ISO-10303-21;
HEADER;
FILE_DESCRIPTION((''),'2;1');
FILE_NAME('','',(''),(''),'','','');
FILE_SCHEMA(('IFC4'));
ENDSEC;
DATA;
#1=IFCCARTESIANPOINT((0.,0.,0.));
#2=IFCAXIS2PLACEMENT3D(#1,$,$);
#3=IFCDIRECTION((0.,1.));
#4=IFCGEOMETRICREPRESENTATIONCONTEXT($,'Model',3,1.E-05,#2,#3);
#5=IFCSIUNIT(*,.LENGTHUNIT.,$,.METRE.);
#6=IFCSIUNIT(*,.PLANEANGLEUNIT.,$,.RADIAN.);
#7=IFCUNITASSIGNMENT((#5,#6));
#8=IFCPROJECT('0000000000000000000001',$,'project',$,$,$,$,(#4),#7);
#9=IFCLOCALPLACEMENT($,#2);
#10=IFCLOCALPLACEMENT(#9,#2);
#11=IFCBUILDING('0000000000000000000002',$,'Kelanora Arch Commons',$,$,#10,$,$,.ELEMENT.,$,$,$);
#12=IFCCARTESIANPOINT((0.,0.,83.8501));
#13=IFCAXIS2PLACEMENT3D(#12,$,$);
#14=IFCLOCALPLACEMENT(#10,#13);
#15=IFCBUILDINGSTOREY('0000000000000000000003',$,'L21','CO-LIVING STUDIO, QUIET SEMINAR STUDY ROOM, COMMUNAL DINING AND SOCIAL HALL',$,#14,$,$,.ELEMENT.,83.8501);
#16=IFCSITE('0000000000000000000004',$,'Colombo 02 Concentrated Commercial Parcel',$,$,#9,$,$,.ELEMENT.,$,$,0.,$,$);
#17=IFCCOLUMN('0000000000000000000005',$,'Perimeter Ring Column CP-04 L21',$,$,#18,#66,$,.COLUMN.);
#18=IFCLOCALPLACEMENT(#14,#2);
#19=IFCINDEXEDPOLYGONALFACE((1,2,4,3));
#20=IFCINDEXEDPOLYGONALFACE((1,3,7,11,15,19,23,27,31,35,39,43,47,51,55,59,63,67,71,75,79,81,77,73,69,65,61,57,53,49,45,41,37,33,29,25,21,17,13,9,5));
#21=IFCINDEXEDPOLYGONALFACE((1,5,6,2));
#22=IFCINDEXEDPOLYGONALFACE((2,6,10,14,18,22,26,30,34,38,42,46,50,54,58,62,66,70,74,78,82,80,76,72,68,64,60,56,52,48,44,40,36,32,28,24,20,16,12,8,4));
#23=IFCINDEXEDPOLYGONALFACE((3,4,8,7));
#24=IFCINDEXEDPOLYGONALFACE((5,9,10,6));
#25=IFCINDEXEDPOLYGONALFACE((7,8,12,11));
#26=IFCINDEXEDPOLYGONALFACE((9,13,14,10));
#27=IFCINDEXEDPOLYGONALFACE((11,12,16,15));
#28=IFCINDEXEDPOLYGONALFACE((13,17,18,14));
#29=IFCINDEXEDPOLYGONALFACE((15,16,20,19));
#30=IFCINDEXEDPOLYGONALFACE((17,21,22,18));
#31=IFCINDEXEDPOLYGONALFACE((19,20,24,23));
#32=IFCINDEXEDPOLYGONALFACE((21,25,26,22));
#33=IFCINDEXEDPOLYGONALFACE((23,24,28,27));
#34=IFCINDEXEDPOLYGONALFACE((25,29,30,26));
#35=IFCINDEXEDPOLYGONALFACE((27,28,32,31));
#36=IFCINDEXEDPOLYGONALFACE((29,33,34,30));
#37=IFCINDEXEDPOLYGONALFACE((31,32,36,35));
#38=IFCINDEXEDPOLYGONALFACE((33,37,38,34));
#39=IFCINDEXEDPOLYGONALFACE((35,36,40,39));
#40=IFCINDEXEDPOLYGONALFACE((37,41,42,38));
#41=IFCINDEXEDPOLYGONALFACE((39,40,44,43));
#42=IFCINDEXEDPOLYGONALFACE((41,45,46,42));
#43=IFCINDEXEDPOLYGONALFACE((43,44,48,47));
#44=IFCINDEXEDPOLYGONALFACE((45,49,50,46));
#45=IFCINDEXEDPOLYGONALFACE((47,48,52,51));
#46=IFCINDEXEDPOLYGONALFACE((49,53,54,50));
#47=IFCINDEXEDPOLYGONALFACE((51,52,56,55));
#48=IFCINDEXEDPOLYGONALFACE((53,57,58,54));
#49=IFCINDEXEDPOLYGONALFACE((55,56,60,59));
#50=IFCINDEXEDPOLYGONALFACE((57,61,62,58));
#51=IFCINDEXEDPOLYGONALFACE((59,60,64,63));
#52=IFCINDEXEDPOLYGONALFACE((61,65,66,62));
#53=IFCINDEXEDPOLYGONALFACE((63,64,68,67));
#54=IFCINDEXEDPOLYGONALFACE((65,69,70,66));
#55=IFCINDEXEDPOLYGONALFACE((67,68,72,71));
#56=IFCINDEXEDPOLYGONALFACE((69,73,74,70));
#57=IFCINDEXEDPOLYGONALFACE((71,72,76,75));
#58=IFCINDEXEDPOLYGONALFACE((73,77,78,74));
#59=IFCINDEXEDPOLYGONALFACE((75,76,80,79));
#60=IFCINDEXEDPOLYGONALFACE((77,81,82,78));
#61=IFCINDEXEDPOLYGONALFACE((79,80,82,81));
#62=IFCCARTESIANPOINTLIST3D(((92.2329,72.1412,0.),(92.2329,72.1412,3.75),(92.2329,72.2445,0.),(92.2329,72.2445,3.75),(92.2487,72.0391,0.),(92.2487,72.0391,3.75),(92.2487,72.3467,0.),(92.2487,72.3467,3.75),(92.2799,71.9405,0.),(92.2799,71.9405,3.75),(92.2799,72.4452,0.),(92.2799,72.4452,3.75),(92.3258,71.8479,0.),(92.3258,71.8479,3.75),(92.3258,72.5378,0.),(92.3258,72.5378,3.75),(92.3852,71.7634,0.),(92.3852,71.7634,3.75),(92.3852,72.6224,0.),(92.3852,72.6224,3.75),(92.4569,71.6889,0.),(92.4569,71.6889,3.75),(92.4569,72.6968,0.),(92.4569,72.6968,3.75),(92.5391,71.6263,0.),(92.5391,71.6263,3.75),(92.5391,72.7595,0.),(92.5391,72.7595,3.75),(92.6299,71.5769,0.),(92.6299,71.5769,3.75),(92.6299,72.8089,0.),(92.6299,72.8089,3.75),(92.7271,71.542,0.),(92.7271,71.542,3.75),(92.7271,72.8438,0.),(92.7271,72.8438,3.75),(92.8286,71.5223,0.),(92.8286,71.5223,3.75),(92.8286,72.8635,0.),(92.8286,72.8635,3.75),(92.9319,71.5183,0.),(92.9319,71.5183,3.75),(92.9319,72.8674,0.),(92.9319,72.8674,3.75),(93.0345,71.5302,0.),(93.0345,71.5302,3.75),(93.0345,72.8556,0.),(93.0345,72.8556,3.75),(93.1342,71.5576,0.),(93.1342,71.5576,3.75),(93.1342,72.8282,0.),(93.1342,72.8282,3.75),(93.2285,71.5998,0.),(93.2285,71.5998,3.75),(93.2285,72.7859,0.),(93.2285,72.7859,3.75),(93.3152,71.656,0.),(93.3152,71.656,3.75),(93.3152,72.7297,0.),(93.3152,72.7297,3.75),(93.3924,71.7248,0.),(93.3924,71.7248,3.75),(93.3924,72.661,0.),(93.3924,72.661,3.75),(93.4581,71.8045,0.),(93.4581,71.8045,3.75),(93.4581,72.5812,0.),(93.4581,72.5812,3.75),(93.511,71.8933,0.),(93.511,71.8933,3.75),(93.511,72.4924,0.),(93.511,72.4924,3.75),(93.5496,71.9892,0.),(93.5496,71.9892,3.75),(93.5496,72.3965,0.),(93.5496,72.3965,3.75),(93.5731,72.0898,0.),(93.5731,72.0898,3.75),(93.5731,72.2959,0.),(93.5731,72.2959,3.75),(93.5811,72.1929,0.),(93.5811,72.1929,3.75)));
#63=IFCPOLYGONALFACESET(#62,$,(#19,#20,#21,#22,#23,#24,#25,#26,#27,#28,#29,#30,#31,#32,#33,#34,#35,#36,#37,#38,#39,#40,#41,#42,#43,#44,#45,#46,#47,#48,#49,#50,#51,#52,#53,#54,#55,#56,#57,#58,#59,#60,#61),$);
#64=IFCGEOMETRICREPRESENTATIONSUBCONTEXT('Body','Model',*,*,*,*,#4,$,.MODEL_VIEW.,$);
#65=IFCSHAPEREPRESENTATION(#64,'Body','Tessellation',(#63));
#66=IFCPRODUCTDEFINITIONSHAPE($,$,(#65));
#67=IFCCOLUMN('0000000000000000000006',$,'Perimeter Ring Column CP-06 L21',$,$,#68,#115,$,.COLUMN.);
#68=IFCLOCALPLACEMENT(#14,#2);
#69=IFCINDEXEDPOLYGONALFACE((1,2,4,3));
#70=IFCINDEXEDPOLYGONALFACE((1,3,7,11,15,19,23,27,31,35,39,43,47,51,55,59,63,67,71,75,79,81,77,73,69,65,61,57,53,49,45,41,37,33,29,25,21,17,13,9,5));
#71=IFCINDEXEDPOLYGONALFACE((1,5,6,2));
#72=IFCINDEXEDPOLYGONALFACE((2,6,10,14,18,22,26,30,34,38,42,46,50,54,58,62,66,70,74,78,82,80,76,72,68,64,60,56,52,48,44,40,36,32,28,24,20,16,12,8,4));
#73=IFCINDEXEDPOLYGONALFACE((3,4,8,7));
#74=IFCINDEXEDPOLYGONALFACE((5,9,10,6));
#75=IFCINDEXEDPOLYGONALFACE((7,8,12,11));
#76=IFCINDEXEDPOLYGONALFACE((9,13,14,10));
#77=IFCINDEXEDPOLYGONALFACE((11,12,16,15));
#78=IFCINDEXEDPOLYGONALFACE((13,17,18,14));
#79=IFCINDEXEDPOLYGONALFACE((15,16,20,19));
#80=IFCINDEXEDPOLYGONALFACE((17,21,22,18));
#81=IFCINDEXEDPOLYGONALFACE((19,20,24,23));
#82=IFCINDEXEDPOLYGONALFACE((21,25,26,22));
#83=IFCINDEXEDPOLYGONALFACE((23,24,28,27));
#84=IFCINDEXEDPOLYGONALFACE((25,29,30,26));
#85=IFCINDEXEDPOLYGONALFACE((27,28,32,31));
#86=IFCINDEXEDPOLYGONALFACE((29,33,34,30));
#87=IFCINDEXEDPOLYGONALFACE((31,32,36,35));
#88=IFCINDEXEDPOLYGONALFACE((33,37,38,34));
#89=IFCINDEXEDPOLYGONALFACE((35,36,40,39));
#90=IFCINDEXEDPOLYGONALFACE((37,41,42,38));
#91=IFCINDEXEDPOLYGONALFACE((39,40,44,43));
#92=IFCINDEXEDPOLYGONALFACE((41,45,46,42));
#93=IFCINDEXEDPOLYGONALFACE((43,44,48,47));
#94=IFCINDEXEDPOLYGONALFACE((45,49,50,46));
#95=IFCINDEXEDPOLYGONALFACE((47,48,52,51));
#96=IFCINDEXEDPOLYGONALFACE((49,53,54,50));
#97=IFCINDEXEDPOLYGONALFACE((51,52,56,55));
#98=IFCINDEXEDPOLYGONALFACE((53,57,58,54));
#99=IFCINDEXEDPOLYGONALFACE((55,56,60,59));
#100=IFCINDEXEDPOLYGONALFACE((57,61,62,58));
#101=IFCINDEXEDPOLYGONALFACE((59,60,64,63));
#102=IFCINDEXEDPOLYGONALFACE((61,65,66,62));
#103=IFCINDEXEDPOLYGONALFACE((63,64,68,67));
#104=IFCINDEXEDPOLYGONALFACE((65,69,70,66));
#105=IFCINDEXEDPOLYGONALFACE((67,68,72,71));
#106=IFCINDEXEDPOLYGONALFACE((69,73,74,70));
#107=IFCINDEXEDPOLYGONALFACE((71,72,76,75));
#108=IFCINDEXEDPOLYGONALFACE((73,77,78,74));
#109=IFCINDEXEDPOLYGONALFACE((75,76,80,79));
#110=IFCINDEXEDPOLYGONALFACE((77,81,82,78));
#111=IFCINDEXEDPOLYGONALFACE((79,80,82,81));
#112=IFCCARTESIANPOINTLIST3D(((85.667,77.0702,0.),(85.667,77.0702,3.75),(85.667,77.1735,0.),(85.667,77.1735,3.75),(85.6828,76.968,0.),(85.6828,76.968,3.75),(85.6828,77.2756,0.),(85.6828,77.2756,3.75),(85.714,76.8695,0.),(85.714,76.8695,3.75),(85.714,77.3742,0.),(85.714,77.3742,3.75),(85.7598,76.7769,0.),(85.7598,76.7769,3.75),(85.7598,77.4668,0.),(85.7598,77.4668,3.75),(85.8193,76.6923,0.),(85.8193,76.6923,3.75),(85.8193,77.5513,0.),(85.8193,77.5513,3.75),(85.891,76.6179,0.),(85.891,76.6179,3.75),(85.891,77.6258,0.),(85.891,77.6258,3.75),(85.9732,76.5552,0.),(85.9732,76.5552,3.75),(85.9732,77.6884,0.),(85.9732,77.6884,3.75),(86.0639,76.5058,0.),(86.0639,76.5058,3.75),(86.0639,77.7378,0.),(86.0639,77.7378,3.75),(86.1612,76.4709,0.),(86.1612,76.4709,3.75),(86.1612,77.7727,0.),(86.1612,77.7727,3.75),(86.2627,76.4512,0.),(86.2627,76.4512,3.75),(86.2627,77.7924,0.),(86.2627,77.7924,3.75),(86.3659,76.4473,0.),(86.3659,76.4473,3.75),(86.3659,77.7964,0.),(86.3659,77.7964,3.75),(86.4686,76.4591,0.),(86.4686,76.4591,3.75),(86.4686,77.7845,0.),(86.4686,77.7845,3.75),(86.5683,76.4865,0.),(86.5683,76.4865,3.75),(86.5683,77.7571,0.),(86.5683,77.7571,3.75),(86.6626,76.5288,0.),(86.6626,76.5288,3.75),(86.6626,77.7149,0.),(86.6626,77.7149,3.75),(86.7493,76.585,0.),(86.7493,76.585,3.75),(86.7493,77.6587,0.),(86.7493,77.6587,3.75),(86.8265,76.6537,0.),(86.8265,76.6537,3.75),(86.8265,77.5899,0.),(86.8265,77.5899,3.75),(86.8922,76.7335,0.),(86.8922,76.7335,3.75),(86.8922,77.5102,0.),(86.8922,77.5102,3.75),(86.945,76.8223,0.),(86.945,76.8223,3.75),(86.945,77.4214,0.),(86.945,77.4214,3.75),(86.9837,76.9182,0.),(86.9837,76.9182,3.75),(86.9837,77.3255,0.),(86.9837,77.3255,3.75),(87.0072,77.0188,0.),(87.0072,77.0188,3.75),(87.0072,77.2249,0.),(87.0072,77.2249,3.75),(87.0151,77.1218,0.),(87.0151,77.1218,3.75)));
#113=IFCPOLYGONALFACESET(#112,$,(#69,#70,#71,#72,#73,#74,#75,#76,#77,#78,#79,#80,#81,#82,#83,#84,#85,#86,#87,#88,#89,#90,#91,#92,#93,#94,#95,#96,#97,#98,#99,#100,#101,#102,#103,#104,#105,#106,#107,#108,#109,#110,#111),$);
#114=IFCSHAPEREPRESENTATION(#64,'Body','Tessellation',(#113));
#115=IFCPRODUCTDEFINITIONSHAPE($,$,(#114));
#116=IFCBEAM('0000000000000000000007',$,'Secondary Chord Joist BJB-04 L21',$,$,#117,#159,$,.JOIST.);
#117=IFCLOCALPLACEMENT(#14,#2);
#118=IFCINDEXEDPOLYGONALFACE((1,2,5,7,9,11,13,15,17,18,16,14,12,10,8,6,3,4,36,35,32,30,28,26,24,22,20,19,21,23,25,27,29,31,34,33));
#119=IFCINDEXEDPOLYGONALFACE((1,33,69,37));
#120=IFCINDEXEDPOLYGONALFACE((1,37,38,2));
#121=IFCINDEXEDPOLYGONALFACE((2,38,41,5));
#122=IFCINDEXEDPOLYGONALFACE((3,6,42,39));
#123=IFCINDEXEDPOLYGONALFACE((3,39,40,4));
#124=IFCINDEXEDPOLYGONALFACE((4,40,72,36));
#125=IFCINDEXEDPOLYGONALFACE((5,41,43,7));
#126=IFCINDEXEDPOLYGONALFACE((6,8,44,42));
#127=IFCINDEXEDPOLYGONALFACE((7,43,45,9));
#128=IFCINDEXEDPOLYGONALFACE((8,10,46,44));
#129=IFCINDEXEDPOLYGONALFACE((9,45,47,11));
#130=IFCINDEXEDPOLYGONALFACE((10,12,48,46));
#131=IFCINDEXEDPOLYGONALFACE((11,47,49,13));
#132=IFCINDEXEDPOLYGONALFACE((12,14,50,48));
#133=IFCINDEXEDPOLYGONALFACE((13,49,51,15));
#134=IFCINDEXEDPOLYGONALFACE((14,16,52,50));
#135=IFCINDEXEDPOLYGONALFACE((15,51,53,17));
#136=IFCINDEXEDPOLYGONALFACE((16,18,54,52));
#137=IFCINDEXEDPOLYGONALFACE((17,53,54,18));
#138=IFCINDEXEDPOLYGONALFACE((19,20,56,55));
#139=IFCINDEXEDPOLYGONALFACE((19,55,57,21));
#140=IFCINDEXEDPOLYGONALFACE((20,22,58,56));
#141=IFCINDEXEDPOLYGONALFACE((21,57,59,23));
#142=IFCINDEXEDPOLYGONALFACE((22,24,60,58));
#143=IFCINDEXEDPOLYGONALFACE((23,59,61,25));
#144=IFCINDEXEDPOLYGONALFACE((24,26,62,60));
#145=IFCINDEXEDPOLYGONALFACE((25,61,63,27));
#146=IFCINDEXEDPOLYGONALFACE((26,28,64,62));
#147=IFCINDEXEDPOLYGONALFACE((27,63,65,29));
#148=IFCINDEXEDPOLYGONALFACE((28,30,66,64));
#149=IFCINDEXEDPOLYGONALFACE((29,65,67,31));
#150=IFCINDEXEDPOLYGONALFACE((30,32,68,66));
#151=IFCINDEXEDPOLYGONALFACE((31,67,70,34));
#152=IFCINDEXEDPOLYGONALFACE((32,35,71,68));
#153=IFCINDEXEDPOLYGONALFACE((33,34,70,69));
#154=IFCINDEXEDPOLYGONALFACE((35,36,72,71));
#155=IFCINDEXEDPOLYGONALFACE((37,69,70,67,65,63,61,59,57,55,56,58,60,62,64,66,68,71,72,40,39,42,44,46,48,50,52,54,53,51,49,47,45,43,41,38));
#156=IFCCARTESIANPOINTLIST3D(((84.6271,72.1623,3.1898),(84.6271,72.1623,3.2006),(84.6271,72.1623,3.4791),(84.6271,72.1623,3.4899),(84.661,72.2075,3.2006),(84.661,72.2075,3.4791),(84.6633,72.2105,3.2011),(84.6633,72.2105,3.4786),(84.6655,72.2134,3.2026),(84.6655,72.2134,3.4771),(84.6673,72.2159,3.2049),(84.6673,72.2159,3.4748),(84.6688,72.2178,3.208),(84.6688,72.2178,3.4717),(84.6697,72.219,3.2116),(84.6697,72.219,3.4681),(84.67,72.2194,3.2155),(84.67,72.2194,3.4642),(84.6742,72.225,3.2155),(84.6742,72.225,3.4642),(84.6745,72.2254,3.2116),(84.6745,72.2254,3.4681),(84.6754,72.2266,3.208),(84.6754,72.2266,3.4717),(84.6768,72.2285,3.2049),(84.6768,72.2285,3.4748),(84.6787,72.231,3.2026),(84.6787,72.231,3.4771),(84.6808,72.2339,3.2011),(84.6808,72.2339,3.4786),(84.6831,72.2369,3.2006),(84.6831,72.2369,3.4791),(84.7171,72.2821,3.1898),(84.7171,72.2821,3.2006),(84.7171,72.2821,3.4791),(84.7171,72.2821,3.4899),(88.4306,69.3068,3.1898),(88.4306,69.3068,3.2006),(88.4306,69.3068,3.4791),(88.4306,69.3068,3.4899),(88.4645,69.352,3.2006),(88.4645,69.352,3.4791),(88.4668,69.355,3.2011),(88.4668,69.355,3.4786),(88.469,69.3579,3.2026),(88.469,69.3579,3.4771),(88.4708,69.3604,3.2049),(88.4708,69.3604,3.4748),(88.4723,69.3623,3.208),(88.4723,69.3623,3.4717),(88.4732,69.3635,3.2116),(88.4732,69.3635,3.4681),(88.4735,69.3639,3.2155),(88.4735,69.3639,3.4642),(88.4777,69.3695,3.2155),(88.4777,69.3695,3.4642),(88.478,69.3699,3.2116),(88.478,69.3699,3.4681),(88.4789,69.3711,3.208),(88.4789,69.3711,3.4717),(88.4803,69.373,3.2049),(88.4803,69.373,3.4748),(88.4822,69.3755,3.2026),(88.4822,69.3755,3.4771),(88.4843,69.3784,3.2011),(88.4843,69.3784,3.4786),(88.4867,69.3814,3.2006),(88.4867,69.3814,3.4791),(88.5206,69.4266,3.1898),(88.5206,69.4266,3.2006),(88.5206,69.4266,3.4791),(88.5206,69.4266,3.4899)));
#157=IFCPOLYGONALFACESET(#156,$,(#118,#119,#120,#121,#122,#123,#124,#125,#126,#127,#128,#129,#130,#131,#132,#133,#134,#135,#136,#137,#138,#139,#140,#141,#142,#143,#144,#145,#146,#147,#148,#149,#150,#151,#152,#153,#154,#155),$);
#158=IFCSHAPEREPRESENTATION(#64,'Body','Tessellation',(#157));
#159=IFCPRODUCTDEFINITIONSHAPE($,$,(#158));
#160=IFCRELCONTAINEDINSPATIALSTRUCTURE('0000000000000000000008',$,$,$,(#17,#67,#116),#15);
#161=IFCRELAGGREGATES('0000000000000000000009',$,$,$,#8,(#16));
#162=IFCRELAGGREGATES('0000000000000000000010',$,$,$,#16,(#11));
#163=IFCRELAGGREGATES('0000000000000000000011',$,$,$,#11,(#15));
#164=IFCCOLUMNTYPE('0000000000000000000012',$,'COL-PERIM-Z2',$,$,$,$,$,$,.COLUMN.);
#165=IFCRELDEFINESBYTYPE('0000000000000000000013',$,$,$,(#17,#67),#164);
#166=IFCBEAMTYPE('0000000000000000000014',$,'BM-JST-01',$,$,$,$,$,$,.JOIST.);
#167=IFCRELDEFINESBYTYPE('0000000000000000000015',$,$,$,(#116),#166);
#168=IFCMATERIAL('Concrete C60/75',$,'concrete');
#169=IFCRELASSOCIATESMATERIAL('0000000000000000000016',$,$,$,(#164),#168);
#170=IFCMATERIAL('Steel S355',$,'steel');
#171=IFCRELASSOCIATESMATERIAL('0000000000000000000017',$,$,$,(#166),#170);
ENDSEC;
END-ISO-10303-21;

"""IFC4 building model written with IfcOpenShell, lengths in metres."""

from ifc_helpers import new_model, si_unit, direction, frame, origin, origin_2d, place, context, subcontext, project, spatial, circle, i_section, extrude, material, material_profile, profile_set, type_object, element, save


model = new_model("IFC4")

# Units and contexts
model_context = context("Model", 3, precision=1e-05, world=origin(), true_north=direction((0.0, 1.0)))
body_context = subcontext(model_context, "Body", "Model", "MODEL_VIEW")
ifc_project = project(units=[si_unit("LENGTHUNIT", "METRE"), si_unit("PLANEANGLEUNIT", "RADIAN")], contexts=[model_context])

# Site, building, storey
site_placement = place(None, origin())
site = spatial("IfcSite", under=ifc_project, at=site_placement, Name="Colombo 02 Concentrated Commercial Parcel", CompositionType="ELEMENT", RefElevation=0.0)
building_placement = place(site_placement, origin())
building = spatial("IfcBuilding", under=site, at=building_placement, Name="Kelanora Arch Commons", CompositionType="ELEMENT")
storey_placement = place(building_placement, frame((0.0, 0.0, 83.8501)))
storey = spatial("IfcBuildingStorey", under=building, at=storey_placement, Name="L21", Description="CO-LIVING STUDIO, QUIET SEMINAR STUDY ROOM, COMMUNAL DINING AND SOCIAL HALL", CompositionType="ELEMENT", Elevation=83.8501)

# Columns
ifc_material_1 = material(Name="Concrete C60/75", Category="concrete")
ifc_material_profile_1 = material_profile(ifc_material_1, circle(Radius=0.675, at=origin_2d()), Name="RCC1350")
ifc_profile_set_1 = profile_set([ifc_material_profile_1], Name="Concrete C60/75")
column_type = type_object("IfcColumnType", Name="COL-PERIM-Z2", PredefinedType="COLUMN", material=ifc_profile_set_1)
for number, where, z_axis, x_axis, name in (
    (1, (92.906, 72.1929, 0.0), (0.0, 0.0, 1.0), (1.0, 0.0, 0.0), "Perimeter Ring Column CP-04 L21"),
    (2, (86.3401, 77.1218, 0.0), (0.0, 0.0, 1.0), (1.0, 0.0, 0.0), "Perimeter Ring Column CP-06 L21"),
):
    element("IfcColumn", number, at=place(storey_placement, frame(where, z_axis=z_axis, x_axis=x_axis)), inside=storey, type_object=column_type, Name=name, PredefinedType="COLUMN", context=body_context, shape_type="SweptSolid", body=[
        extrude(circle(Radius=0.675, at=origin_2d()), origin(), (0.0, 0.0, 1.0), 3.75),
    ])

# Beam
ifc_material_2 = material(Name="Steel S355", Category="steel")
ifc_material_profile_2 = material_profile(ifc_material_2, i_section(OverallWidth=0.1499, OverallDepth=0.3, WebThickness=0.0071, FlangeThickness=0.0107, FilletRadius=0.0149, at=origin_2d()), Name="IPE300")
ifc_profile_set_2 = profile_set([ifc_material_profile_2], Name="Steel S355")
beam_type_1 = type_object("IfcBeamType", Name="BM-JST-01", PredefinedType="JOIST", material=ifc_profile_set_2)
beam_1_placement = place(storey_placement, frame((88.4756, 69.3667, 3.3398), z_axis=(-0.79971, 0.600386, 0.0), x_axis=(-0.600386, -0.79971, 0.0)))
element("IfcBeam", 3, at=beam_1_placement, inside=storey, type_object=beam_type_1, Name="Secondary Chord Joist BJB-04 L21", PredefinedType="JOIST", context=body_context, shape_type="SweptSolid", body=[
    extrude(i_section(OverallWidth=0.1499, OverallDepth=0.3, WebThickness=0.0071, FlangeThickness=0.0107, FilletRadius=0.0149, at=origin_2d()), origin(), (0.0, 0.0, 1.0), 4.7561),
])

save(model, "model.ifc")
